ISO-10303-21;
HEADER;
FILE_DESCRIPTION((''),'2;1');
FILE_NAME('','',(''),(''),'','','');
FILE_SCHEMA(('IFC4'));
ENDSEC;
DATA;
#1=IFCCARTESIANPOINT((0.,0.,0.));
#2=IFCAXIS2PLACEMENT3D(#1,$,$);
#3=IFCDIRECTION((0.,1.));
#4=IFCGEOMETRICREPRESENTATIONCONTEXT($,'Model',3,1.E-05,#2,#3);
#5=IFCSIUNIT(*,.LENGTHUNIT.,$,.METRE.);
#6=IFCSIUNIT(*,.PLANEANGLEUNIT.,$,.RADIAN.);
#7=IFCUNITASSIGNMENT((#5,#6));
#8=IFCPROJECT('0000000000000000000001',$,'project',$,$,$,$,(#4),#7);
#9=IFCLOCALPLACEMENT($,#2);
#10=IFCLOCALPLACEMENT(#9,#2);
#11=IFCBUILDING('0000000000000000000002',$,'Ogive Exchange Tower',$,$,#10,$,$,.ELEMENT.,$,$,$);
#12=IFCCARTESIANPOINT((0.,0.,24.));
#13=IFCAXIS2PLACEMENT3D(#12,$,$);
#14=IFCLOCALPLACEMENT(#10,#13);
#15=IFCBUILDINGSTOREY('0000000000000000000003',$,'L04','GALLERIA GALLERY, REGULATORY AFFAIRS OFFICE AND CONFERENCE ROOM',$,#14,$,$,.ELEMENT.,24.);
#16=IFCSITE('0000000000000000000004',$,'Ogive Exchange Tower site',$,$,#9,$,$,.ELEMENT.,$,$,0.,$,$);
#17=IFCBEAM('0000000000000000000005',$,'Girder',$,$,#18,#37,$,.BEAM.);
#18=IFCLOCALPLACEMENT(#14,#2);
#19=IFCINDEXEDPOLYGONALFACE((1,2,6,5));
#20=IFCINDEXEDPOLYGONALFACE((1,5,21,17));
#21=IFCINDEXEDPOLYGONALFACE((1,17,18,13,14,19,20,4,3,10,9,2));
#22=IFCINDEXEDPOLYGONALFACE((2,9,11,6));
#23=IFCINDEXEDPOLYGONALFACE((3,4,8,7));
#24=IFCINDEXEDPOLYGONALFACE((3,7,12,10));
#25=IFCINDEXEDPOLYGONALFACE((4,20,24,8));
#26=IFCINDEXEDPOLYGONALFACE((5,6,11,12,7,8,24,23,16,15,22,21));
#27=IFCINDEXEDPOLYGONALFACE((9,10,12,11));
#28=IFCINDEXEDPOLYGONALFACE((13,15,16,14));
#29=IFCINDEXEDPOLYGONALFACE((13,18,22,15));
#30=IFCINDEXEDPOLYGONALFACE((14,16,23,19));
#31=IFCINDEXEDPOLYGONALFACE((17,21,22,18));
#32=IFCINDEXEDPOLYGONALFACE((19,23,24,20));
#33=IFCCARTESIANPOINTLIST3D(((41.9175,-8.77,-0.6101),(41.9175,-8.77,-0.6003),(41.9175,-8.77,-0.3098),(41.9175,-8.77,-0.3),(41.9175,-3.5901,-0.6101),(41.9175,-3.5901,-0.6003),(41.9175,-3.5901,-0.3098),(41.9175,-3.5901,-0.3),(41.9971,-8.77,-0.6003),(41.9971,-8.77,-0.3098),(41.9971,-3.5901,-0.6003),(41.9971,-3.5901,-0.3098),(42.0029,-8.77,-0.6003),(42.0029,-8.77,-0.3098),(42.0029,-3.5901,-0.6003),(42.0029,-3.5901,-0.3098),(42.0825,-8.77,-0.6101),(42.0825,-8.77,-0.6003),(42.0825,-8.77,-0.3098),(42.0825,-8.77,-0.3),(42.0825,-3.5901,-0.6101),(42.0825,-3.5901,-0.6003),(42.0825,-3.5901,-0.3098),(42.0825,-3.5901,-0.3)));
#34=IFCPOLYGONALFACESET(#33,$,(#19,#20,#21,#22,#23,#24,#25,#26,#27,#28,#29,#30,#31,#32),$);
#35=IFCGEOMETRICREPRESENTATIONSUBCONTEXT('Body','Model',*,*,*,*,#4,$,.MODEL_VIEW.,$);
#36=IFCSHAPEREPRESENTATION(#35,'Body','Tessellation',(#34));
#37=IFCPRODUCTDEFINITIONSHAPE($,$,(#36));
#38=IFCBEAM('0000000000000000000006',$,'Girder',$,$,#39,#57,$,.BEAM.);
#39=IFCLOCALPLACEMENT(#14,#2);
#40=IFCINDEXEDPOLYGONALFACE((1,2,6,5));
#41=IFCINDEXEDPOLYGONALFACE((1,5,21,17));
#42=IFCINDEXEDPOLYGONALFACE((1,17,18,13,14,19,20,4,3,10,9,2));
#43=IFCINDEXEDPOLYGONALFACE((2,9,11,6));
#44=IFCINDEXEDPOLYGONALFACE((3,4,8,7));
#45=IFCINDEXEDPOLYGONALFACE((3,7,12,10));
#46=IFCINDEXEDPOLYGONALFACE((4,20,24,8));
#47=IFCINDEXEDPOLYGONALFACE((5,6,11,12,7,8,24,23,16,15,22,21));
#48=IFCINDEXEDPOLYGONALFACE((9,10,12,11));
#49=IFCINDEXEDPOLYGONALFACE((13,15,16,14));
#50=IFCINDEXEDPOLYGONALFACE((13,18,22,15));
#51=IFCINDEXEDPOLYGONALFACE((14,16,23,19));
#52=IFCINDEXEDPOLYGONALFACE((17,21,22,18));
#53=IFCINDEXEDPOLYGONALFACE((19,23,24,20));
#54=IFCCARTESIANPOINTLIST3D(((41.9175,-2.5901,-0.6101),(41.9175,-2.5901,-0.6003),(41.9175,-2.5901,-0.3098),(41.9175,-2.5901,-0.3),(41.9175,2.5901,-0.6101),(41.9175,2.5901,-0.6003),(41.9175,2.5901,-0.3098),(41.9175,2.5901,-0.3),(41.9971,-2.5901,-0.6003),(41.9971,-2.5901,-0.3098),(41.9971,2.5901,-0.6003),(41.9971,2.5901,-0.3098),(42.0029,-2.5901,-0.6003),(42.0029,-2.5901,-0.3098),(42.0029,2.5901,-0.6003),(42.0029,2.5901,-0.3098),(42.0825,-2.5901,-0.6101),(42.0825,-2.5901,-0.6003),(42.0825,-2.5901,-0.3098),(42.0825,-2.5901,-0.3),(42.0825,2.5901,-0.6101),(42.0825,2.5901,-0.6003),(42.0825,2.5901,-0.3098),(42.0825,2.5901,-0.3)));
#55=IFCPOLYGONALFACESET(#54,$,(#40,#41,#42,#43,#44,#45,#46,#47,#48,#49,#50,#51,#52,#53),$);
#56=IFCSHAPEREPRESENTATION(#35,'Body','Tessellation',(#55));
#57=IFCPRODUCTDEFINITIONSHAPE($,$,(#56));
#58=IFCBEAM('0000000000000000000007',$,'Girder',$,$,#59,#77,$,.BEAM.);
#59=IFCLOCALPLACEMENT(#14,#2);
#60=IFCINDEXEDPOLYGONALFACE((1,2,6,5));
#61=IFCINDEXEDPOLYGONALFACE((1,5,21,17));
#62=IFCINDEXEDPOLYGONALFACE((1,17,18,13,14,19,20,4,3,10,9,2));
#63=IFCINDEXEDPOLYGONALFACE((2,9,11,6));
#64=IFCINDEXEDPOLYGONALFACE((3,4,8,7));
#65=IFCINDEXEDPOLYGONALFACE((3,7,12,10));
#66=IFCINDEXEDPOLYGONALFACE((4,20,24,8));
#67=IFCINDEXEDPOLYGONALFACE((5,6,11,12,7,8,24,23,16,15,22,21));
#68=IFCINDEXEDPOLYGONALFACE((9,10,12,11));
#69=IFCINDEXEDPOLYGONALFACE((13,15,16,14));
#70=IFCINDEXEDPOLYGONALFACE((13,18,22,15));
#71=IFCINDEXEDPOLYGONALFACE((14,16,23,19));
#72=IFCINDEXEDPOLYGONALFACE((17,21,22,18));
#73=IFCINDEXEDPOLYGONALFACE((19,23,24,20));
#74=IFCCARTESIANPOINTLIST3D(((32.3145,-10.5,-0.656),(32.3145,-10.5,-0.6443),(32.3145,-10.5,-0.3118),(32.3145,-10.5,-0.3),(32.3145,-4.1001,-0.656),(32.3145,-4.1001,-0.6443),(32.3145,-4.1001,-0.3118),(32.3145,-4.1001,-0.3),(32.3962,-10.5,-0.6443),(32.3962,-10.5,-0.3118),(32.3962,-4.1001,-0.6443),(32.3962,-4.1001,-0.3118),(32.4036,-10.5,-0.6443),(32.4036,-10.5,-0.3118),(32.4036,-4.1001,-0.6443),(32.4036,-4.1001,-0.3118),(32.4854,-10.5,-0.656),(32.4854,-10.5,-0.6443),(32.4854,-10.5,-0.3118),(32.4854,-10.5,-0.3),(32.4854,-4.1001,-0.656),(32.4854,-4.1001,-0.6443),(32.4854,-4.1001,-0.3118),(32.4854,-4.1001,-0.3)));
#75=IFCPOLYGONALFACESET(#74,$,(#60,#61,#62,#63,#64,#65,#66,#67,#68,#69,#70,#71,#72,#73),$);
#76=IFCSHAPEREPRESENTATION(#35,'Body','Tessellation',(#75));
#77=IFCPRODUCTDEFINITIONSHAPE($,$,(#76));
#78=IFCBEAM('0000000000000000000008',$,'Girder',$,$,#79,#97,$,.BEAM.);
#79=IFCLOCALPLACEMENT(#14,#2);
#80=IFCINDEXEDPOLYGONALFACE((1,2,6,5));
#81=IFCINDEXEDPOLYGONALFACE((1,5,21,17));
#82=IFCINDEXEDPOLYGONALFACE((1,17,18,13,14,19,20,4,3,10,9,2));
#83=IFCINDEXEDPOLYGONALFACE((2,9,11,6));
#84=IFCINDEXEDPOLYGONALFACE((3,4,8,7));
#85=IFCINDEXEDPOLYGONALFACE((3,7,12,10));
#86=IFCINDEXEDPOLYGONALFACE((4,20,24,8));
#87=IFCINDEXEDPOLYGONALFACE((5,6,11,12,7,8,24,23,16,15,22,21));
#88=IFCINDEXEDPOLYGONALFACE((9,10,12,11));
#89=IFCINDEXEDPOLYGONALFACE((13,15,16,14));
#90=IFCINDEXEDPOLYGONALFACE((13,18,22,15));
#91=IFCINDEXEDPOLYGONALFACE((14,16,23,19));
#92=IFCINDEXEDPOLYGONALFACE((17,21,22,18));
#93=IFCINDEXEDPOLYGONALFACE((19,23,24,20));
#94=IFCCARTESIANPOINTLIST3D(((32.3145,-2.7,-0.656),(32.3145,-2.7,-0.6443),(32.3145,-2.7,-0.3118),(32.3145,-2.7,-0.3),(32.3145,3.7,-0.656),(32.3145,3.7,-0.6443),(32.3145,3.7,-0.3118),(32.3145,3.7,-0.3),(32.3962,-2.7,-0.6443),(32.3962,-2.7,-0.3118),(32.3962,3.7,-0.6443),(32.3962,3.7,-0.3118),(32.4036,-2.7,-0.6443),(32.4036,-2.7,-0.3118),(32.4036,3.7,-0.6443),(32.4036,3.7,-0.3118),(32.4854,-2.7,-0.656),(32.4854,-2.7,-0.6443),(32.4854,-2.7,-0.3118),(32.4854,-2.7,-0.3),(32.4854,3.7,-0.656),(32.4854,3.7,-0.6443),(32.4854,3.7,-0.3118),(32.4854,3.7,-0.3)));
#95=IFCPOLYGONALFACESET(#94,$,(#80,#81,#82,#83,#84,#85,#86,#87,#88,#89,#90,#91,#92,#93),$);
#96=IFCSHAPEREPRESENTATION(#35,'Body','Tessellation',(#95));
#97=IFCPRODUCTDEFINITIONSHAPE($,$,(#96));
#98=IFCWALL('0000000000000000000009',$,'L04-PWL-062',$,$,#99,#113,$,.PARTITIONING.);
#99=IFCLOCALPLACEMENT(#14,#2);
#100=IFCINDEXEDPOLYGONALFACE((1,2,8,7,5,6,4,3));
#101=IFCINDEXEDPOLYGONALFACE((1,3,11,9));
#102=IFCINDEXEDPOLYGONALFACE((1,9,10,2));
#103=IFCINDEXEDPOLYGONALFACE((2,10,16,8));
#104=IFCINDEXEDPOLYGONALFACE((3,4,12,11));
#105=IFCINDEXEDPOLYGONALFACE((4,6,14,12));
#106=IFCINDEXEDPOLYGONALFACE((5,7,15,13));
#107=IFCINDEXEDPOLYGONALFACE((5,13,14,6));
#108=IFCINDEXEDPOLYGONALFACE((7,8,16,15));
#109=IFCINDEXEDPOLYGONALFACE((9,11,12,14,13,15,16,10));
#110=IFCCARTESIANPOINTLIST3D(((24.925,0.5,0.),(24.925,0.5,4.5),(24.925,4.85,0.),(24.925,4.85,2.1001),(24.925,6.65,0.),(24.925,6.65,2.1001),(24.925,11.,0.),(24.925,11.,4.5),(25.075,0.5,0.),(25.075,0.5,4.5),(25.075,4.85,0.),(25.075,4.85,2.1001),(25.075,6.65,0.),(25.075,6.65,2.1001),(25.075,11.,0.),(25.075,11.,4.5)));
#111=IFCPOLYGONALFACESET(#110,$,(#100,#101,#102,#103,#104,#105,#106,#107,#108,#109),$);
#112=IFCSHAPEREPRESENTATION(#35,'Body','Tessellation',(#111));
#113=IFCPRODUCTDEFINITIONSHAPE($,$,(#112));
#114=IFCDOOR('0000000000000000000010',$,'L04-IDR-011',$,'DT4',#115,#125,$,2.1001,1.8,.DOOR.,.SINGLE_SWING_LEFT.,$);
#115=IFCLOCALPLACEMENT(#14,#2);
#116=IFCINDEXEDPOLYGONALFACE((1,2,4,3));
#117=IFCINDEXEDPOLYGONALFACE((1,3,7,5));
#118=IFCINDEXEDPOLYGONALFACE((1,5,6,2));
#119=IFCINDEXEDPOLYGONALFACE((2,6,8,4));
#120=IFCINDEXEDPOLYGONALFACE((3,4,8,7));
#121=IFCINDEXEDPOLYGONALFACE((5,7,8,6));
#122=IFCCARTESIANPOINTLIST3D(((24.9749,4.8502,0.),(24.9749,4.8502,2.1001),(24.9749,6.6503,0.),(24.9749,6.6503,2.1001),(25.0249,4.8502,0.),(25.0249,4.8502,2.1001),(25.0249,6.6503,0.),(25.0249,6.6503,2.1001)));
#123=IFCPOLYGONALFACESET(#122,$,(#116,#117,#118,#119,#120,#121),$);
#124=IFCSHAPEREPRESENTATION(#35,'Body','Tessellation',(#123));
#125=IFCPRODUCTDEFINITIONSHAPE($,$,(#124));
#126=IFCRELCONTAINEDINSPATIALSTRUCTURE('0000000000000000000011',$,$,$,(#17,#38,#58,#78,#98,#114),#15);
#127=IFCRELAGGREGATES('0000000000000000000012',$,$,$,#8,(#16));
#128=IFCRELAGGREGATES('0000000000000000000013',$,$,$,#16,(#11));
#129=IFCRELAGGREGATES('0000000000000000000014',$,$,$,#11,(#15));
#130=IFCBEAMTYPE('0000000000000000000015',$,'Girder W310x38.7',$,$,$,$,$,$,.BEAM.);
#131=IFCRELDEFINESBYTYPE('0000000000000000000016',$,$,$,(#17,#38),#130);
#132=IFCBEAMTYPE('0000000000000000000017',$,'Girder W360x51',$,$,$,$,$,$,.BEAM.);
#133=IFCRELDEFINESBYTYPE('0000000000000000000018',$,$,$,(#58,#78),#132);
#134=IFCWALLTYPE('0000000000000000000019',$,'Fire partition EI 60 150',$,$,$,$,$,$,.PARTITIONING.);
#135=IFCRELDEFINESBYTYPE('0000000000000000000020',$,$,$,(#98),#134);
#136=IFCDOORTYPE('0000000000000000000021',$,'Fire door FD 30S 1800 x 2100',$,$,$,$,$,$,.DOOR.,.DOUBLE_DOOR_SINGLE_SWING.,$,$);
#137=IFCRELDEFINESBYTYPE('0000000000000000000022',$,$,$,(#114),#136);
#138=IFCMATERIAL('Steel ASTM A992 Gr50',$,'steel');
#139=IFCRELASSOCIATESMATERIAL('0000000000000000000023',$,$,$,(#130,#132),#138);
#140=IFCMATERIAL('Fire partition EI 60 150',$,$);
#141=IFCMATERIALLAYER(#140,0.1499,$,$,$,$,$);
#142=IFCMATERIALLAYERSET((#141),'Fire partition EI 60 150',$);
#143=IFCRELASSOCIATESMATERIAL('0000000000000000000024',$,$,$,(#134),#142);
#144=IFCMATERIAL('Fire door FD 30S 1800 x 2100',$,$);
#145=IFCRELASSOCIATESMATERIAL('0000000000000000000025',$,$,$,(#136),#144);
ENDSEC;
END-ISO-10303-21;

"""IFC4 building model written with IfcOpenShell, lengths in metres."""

from ifc_helpers import new_model, si_unit, direction, frame, frame_2d, origin, origin_2d, place, context, subcontext, project, spatial, rectangle, i_section, extrude, material, layer, layer_set, material_profile, profile_set, type_object, element, fill, save


model = new_model("IFC4")

# Units and contexts
model_context = context("Model", 3, precision=1e-05, world=origin(), true_north=direction((0.0, 1.0)))
body_context = subcontext(model_context, "Body", "Model", "MODEL_VIEW")
ifc_project = project(units=[si_unit("LENGTHUNIT", "METRE"), si_unit("PLANEANGLEUNIT", "RADIAN")], contexts=[model_context])

# Site, building, storey
site_placement = place(None, origin())
site = spatial("IfcSite", under=ifc_project, at=site_placement, Name="Ogive Exchange Tower site", CompositionType="ELEMENT", RefElevation=0.0)
building_placement = place(site_placement, origin())
building = spatial("IfcBuilding", under=site, at=building_placement, Name="Ogive Exchange Tower", CompositionType="ELEMENT")
storey_placement = place(building_placement, frame((0.0, 0.0, 24.0)))
storey = spatial("IfcBuildingStorey", under=building, at=storey_placement, Name="L04", Description="GALLERIA GALLERY, REGULATORY AFFAIRS OFFICE AND CONFERENCE ROOM", CompositionType="ELEMENT", Elevation=24.0)

# Beams
ifc_material_1 = material(Name="Steel ASTM A992 Gr50", Category="steel")
ifc_material_profile_1 = material_profile(ifc_material_1, i_section(OverallWidth=0.165, OverallDepth=0.3101, WebThickness=0.0059, FlangeThickness=0.0098, at=origin_2d()), Name="W310x38.7")
ifc_profile_set_1 = profile_set([ifc_material_profile_1], Name="Steel ASTM A992 Gr50")
beam_type_1 = type_object("IfcBeamType", Name="Girder W310x38.7", PredefinedType="BEAM", material=ifc_profile_set_1)
beam_1_placement = place(storey_placement, frame((42.0, -8.77, -0.4551), z_axis=(0.0, 1.0, 0.0), x_axis=(-1.0, 0.0, 0.0)))
element("IfcBeam", 1, at=beam_1_placement, inside=storey, type_object=beam_type_1, Name="Girder", PredefinedType="BEAM", context=body_context, shape_type="SweptSolid", body=[
    extrude(i_section(OverallWidth=0.165, OverallDepth=0.3101, WebThickness=0.0059, FlangeThickness=0.0098, at=origin_2d()), origin(), (0.0, 0.0, 1.0), 5.1799),
])
beam_2_placement = place(storey_placement, frame((42.0, -2.5901, -0.4551), z_axis=(0.0, 1.0, 0.0), x_axis=(-1.0, 0.0, 0.0)))
element("IfcBeam", 2, at=beam_2_placement, inside=storey, type_object=beam_type_1, Name="Girder", PredefinedType="BEAM", context=body_context, shape_type="SweptSolid", body=[
    extrude(i_section(OverallWidth=0.165, OverallDepth=0.3101, WebThickness=0.0059, FlangeThickness=0.0098, at=origin_2d()), origin(), (0.0, 0.0, 1.0), 5.1802),
])
ifc_material_profile_2 = material_profile(ifc_material_1, i_section(OverallWidth=0.1709, OverallDepth=0.356, WebThickness=0.0073, FlangeThickness=0.0117, at=origin_2d()), Name="W360x51")
ifc_profile_set_2 = profile_set([ifc_material_profile_2], Name="Steel ASTM A992 Gr50")
beam_type_2 = type_object("IfcBeamType", Name="Girder W360x51", PredefinedType="BEAM", material=ifc_profile_set_2)
for number, where, z_axis, x_axis, name in (
    (3, (32.3999, -10.5, -0.478), (0.0, 1.0, 0.0), (-1.0, 0.0, 0.0), "Girder"),
    (4, (32.3999, -2.7, -0.478), (0.0, 1.0, 0.0), (-1.0, 0.0, 0.0), "Girder"),
):
    element("IfcBeam", number, at=place(storey_placement, frame(where, z_axis=z_axis, x_axis=x_axis)), inside=storey, type_object=beam_type_2, Name=name, PredefinedType="BEAM", context=body_context, shape_type="SweptSolid", body=[
        extrude(i_section(OverallWidth=0.1709, OverallDepth=0.356, WebThickness=0.0073, FlangeThickness=0.0117, at=origin_2d()), origin(), (0.0, 0.0, 1.0), 6.3999),
    ])

# Wall, opening, door
ifc_material_2 = material(Name="Fire partition EI 60 150")
ifc_layer_1 = layer(ifc_material_2, 0.1499)
ifc_layer_set_1 = layer_set([ifc_layer_1], Name="Fire partition EI 60 150")
wall_type_1 = type_object("IfcWallType", Name="Fire partition EI 60 150", PredefinedType="PARTITIONING", material=ifc_layer_set_1)
wall_1_placement = place(storey_placement, frame((25.0, 0.5, 0.0), z_axis=(0.0, 0.0, 1.0), x_axis=(0.0, 1.0, 0.0)))
wall_1 = element("IfcWall", 5, at=wall_1_placement, inside=storey, type_object=wall_type_1, Name="L04-PWL-062", PredefinedType="PARTITIONING", context=body_context, shape_type="SweptSolid", body=[
    extrude(rectangle(XDim=10.5, YDim=0.1499, at=frame_2d((5.25, 0.0))), origin(), (0.0, 0.0, 1.0), 4.5),
])
opening_1_placement = place(wall_1_placement, frame((4.3501, 0.0, 0.0)))
opening_1 = element("IfcOpeningElement", 6, at=opening_1_placement, cuts=wall_1, PredefinedType="OPENING", context=body_context, shape_type="SweptSolid", body=[
    extrude(rectangle(XDim=1.8, YDim=2.1001, at=frame_2d((0.8999, 1.05))), frame((0.0, 0.085, 0.0), z_axis=(0.0, -1.0, 0.0), x_axis=(1.0, 0.0, 0.0)), (0.0, 0.0, 1.0), 0.1699),
])
ifc_material_3 = material(Name="Fire door FD 30S 1800 x 2100")
door_type = type_object("IfcDoorType", Name="Fire door FD 30S 1800 x 2100", OperationType="DOUBLE_DOOR_SINGLE_SWING", PredefinedType="DOOR", material=ifc_material_3)
door_placement = place(opening_1_placement, frame((1.8, 0.0, 0.0), z_axis=(0.0, 0.0, 1.0), x_axis=(-1.0, 0.0, 0.0)))
door = element("IfcDoor", 7, at=door_placement, inside=storey, type_object=door_type, Name="L04-IDR-011", ObjectType="DT4", OperationType="SINGLE_SWING_LEFT", OverallHeight=2.1001, OverallWidth=1.8, PredefinedType="DOOR", context=body_context, shape_type="SweptSolid", body=[
    extrude(rectangle(XDim=1.8, YDim=2.1001, at=frame_2d((0.8999, 1.05))), frame((0.0, 0.0249, 0.0), z_axis=(0.0, -1.0, 0.0), x_axis=(1.0, 0.0, 0.0)), (0.0, 0.0, 1.0), 0.05),
])
fill(opening_1, door)

save(model, "model.ifc")
